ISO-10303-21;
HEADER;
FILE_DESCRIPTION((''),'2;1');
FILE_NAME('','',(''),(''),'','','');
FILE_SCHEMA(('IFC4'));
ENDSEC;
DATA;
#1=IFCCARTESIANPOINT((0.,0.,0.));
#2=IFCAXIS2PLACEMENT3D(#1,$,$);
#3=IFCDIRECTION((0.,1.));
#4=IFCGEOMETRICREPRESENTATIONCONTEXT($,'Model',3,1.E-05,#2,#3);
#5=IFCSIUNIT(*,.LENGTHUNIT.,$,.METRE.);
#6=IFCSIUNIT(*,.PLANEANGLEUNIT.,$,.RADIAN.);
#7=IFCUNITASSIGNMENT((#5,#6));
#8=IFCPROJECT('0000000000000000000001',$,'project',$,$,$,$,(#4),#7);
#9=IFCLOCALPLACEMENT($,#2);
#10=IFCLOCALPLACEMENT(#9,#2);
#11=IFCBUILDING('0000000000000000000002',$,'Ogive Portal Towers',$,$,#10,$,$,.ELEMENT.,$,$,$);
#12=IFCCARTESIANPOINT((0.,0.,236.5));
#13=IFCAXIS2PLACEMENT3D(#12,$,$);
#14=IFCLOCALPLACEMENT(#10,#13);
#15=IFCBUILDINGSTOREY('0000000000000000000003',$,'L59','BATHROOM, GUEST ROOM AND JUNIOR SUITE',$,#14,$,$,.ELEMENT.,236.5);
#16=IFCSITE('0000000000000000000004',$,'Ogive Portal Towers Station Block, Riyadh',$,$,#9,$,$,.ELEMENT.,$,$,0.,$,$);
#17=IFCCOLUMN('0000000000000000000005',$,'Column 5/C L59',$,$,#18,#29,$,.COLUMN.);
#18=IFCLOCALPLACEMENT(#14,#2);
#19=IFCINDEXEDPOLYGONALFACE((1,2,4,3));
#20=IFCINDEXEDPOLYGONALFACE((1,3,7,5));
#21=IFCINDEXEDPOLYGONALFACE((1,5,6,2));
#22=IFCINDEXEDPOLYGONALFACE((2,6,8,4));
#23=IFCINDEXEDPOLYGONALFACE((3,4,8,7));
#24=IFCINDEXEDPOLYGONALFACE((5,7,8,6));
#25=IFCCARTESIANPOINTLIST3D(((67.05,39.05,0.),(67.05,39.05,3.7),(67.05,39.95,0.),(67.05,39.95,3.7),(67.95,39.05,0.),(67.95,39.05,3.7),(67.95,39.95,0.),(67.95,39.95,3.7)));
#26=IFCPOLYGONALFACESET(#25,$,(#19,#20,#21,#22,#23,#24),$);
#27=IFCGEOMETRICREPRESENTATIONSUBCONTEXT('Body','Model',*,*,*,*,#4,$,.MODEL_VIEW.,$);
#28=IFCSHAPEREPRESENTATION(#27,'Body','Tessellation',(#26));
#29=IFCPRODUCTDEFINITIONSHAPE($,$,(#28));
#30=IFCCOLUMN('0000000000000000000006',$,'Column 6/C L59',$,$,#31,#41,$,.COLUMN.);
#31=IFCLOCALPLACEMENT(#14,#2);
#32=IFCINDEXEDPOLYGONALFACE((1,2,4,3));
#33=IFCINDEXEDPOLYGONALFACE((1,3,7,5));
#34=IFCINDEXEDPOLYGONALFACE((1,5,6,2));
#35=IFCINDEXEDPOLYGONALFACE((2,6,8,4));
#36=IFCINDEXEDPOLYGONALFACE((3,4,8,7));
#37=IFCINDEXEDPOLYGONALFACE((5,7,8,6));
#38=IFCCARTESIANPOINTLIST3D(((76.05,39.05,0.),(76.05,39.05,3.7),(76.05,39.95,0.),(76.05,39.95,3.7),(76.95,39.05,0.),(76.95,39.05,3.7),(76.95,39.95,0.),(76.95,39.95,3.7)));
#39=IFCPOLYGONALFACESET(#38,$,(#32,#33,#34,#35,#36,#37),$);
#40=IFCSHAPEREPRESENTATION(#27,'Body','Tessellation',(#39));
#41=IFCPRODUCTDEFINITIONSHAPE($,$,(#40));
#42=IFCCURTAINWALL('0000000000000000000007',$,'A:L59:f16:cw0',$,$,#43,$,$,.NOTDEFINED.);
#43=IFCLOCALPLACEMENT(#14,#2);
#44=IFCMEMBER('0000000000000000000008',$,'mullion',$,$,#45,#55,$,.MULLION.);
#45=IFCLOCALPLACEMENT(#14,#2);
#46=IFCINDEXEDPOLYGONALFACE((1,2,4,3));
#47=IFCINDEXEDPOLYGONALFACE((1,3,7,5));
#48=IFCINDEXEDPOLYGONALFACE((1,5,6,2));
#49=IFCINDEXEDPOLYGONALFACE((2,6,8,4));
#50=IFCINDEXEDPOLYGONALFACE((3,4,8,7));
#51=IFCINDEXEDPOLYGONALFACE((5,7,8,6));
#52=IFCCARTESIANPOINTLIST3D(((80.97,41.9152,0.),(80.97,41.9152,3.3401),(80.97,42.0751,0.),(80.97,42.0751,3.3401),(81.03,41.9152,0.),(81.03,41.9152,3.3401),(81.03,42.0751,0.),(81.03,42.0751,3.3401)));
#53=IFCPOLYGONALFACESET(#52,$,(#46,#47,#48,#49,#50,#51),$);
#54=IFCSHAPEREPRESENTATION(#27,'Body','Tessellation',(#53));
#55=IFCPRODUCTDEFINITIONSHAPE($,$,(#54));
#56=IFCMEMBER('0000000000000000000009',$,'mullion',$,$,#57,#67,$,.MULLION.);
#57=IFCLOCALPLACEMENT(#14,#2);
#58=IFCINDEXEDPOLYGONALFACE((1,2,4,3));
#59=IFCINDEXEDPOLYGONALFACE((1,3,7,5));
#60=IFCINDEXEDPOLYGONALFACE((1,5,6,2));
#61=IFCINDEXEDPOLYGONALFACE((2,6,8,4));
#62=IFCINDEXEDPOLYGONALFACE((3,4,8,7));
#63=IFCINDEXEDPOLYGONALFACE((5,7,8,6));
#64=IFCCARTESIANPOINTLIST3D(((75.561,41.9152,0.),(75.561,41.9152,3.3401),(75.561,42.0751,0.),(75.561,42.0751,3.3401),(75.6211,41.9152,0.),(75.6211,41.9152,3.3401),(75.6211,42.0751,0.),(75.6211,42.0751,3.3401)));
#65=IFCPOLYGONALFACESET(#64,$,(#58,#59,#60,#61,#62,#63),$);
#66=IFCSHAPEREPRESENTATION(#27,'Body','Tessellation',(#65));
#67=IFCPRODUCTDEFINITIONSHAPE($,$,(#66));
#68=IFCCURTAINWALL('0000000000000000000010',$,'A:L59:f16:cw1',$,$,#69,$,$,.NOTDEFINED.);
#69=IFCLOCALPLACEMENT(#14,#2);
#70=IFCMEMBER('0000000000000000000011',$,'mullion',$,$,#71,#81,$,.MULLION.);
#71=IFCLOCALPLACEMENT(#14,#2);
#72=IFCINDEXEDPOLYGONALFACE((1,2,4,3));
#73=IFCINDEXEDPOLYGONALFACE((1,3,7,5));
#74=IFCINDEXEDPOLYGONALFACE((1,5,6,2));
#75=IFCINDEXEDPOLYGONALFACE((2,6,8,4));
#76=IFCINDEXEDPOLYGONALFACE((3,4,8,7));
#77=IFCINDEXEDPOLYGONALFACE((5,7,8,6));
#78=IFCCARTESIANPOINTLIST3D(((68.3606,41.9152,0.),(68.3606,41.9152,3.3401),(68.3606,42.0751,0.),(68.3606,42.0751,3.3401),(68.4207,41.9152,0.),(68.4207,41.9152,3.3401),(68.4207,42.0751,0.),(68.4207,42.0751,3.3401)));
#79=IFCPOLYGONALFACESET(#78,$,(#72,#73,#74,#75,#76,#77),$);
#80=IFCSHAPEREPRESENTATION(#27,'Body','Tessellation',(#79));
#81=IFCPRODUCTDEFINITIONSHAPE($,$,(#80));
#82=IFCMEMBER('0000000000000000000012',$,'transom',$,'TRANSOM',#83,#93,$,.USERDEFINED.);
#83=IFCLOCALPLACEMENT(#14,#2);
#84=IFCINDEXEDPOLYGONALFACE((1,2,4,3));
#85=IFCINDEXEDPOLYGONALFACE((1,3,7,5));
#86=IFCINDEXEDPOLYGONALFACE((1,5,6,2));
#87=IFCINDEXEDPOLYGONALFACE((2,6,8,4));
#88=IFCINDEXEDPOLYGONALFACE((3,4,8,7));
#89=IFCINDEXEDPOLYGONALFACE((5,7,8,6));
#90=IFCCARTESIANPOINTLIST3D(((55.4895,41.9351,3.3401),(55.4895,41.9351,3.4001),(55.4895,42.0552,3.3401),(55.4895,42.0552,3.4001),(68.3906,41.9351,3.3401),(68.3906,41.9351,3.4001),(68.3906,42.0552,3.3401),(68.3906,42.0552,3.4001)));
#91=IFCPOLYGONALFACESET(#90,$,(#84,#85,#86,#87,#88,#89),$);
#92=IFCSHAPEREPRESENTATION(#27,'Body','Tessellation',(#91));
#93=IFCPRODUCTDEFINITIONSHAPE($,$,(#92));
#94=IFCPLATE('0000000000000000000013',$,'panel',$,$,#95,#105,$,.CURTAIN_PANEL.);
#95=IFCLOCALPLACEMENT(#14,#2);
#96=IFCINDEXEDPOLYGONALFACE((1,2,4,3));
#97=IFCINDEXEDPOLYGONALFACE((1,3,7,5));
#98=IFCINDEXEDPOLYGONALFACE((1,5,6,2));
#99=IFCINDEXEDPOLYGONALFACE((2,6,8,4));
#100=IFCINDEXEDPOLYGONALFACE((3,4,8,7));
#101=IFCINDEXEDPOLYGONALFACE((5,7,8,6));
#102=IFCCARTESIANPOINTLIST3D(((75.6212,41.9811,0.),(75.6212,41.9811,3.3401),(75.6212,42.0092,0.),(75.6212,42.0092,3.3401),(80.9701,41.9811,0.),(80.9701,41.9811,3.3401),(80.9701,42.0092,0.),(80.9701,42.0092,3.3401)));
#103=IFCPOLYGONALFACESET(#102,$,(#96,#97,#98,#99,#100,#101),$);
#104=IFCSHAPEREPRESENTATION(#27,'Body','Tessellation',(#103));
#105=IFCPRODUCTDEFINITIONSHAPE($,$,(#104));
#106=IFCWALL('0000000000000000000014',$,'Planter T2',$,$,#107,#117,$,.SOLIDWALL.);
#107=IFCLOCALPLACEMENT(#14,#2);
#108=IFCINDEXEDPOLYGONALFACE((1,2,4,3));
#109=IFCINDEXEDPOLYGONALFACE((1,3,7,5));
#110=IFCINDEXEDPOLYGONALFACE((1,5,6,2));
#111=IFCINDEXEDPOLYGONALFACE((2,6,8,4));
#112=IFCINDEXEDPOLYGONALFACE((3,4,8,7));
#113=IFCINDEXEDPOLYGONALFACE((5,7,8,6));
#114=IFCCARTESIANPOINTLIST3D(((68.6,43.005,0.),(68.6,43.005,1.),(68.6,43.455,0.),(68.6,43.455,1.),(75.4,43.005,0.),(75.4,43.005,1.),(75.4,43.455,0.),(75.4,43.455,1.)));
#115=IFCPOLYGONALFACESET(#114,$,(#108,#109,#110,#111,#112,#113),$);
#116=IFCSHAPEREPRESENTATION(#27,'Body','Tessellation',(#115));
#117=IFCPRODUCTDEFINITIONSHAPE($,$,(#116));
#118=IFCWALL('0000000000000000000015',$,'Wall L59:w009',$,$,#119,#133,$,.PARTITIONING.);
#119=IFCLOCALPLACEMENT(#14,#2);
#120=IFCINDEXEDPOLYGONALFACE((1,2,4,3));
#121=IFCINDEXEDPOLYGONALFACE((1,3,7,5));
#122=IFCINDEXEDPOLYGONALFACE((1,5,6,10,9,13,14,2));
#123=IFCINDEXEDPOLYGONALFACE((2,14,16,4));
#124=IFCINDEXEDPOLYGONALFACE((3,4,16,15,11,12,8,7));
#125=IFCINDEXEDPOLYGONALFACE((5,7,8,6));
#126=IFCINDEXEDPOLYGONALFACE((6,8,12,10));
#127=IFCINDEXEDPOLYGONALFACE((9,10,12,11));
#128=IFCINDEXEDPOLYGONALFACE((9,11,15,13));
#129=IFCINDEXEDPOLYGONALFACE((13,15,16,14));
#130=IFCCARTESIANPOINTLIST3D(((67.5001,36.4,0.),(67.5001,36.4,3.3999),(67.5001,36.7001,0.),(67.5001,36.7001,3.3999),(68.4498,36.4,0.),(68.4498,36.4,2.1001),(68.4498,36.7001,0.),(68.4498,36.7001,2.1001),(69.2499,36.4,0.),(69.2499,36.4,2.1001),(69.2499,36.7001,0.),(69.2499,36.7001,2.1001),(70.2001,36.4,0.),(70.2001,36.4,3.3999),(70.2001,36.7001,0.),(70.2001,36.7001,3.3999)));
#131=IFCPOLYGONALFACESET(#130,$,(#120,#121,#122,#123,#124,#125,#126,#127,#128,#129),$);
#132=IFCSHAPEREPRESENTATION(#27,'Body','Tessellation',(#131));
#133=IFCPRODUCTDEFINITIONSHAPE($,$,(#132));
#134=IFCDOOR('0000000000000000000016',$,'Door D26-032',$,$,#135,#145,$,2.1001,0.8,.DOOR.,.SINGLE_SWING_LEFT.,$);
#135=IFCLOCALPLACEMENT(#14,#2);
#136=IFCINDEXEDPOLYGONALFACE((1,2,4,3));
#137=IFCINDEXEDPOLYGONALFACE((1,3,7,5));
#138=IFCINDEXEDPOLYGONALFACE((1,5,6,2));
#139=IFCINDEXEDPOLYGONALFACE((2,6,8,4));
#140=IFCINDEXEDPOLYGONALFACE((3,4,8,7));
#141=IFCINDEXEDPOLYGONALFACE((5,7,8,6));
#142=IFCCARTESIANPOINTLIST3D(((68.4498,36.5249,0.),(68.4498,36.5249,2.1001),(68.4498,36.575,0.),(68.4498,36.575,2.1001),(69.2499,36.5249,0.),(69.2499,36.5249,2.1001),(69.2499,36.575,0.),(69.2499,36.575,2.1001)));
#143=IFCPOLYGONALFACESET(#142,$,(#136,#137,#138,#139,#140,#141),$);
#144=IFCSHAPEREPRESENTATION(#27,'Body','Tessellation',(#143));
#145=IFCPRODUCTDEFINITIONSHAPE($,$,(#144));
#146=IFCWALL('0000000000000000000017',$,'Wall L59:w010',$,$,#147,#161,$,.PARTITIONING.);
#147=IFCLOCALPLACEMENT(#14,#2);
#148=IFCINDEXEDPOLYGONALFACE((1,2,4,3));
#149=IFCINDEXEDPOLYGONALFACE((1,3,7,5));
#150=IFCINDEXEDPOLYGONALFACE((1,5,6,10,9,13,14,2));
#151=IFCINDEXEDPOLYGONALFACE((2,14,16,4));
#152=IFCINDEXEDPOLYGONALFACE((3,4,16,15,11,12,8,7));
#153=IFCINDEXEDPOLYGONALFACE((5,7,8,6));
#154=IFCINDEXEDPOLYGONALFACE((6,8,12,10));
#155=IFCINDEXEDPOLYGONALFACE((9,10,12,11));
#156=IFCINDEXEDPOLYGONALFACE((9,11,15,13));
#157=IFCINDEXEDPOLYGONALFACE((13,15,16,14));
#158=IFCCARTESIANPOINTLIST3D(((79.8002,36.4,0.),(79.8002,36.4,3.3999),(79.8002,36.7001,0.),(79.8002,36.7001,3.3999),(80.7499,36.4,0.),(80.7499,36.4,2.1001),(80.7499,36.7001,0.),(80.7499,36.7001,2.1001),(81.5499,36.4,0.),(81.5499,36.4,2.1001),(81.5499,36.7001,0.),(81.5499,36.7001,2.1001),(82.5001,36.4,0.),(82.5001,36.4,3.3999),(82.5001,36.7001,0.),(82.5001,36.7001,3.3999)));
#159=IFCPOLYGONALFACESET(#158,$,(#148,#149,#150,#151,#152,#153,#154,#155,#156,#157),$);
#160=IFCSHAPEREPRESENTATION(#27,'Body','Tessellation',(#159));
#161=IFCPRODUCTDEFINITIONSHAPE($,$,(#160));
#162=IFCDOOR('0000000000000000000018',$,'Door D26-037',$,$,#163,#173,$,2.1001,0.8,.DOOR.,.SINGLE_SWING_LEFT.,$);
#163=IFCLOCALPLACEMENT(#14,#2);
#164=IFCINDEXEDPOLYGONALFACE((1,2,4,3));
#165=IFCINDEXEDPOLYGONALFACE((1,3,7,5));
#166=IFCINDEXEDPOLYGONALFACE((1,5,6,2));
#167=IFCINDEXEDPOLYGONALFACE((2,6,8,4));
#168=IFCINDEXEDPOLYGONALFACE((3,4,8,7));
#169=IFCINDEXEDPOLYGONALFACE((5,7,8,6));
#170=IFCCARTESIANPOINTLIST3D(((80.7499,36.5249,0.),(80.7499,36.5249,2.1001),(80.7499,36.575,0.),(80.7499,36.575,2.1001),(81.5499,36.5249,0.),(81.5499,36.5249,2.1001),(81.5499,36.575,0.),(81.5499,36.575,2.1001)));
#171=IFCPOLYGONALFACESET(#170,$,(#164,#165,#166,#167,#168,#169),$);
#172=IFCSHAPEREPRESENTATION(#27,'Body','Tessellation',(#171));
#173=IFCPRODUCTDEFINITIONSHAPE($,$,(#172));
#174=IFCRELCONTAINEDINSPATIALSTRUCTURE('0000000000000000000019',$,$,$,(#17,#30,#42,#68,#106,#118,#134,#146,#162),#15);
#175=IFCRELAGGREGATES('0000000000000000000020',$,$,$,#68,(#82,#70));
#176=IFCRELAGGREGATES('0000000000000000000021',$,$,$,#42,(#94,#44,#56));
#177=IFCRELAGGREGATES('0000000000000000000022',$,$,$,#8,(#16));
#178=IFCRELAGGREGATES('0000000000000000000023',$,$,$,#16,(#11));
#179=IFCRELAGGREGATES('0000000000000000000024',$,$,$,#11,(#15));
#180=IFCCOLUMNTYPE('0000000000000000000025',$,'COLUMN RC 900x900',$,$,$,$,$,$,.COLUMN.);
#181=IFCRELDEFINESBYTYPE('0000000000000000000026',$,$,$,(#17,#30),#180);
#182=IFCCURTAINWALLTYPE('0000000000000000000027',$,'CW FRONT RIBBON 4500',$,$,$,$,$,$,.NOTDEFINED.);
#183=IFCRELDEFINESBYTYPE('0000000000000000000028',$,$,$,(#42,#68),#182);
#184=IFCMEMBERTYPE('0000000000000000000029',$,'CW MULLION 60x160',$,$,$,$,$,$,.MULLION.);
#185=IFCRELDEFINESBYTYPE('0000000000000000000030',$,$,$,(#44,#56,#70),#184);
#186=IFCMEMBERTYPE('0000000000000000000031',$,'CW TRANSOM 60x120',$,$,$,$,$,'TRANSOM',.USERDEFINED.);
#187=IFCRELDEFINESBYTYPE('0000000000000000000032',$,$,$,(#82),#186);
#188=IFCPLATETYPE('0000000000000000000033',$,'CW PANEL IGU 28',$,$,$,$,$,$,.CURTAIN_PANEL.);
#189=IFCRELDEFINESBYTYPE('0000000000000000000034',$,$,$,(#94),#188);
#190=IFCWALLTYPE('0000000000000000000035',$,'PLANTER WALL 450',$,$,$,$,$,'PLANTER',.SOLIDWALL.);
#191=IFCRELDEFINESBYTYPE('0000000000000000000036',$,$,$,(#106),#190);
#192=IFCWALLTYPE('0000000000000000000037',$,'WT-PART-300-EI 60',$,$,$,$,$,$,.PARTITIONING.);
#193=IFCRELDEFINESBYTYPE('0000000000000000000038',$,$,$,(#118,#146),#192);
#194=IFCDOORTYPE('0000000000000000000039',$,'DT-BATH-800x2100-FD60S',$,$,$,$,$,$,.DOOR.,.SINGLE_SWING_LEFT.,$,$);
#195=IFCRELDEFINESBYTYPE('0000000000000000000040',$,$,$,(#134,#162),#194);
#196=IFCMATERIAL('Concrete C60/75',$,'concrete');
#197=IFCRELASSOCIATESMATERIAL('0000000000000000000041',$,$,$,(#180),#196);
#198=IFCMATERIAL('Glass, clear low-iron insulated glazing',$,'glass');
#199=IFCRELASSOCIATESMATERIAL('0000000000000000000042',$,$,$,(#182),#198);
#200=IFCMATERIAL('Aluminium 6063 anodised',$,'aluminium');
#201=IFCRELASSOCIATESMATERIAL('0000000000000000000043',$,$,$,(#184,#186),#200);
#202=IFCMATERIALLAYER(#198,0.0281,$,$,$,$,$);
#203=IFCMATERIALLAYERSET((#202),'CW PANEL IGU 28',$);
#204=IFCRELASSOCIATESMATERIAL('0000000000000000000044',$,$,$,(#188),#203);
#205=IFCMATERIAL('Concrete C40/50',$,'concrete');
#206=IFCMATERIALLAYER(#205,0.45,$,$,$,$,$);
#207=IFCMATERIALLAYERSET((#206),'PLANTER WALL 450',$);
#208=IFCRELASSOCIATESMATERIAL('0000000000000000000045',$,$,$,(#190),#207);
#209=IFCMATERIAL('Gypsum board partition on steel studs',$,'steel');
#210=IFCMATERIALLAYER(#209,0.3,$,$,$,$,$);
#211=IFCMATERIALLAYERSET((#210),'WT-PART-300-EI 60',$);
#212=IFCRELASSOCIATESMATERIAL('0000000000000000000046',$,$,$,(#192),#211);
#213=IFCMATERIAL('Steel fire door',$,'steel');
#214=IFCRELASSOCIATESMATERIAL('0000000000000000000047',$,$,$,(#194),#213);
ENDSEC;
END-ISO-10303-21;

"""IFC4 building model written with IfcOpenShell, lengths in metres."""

from ifc_helpers import new_model, si_unit, direction, frame, frame_2d, origin, origin_2d, place, context, subcontext, project, spatial, rectangle, extrude, material, layer, layer_set, material_profile, profile_set, type_object, element, fill, aggregate, save


model = new_model("IFC4")

# Units and contexts
model_context = context("Model", 3, precision=1e-05, world=origin(), true_north=direction((0.0, 1.0)))
body_context = subcontext(model_context, "Body", "Model", "MODEL_VIEW")
ifc_project = project(units=[si_unit("LENGTHUNIT", "METRE"), si_unit("PLANEANGLEUNIT", "RADIAN")], contexts=[model_context])

# Site, building, storey
site_placement = place(None, origin())
site = spatial("IfcSite", under=ifc_project, at=site_placement, Name="Ogive Portal Towers Station Block, Riyadh", CompositionType="ELEMENT", RefElevation=0.0)
building_placement = place(site_placement, origin())
building = spatial("IfcBuilding", under=site, at=building_placement, Name="Ogive Portal Towers", CompositionType="ELEMENT")
storey_placement = place(building_placement, frame((0.0, 0.0, 236.5)))
storey = spatial("IfcBuildingStorey", under=building, at=storey_placement, Name="L59", Description="BATHROOM, GUEST ROOM AND JUNIOR SUITE", CompositionType="ELEMENT", Elevation=236.5)

# Columns
ifc_material_1 = material(Name="Concrete C60/75", Category="concrete")
ifc_material_profile_1 = material_profile(ifc_material_1, rectangle(XDim=0.8999, YDim=0.8999, at=origin_2d()), Name="RC 900x900")
ifc_profile_set_1 = profile_set([ifc_material_profile_1], Name="Concrete C60/75")
column_type = type_object("IfcColumnType", Name="COLUMN RC 900x900", PredefinedType="COLUMN", material=ifc_profile_set_1)
for number, where, z_axis, x_axis, name in (
    (1, (67.5, 39.5, 0.0), (0.0, 0.0, 1.0), (1.0, 0.0, 0.0), "Column 5/C L59"),
    (2, (76.5, 39.5, 0.0), (0.0, 0.0, 1.0), (1.0, 0.0, 0.0), "Column 6/C L59"),
):
    element("IfcColumn", number, at=place(storey_placement, frame(where, z_axis=z_axis, x_axis=x_axis)), inside=storey, type_object=column_type, Name=name, PredefinedType="COLUMN", context=body_context, shape_type="SweptSolid", body=[
        extrude(rectangle(XDim=0.8999, YDim=0.8999, at=origin_2d()), origin(), (0.0, 0.0, 1.0), 3.7),
    ])

# Curtain walls, members
ifc_material_2 = material(Name="Glass, clear low-iron insulated glazing", Category="glass")
curtain_wall_type = type_object("IfcCurtainWallType", Name="CW FRONT RIBBON 4500", PredefinedType="NOTDEFINED", material=ifc_material_2)
curtain_wall_1_placement = place(storey_placement, origin())
curtain_wall_1 = element("IfcCurtainWall", 3, at=curtain_wall_1_placement, inside=storey, type_object=curtain_wall_type, Name="A:L59:f16:cw0", PredefinedType="NOTDEFINED")
ifc_material_3 = material(Name="Aluminium 6063 anodised", Category="aluminium")
ifc_material_profile_2 = material_profile(ifc_material_3, rectangle(XDim=0.1599, YDim=0.0601, at=origin_2d()), Name="AL 60x160")
ifc_profile_set_2 = profile_set([ifc_material_profile_2], Name="Aluminium 6063 anodised")
member_type_1 = type_object("IfcMemberType", Name="CW MULLION 60x160", PredefinedType="MULLION", material=ifc_profile_set_2)
member_1_placement = place(storey_placement, frame((81.0, 41.9951, 0.0), z_axis=(0.0, 0.0, 1.0), x_axis=(0.0, -1.0, 0.0)))
member_1 = element("IfcMember", 4, at=member_1_placement, type_object=member_type_1, Name="mullion", PredefinedType="MULLION", context=body_context, shape_type="SweptSolid", body=[
    extrude(rectangle(XDim=0.1599, YDim=0.0601, at=origin_2d()), origin(), (0.0, 0.0, 1.0), 3.3401),
])
member_2_placement = place(storey_placement, frame((75.5911, 41.9951, 0.0), z_axis=(0.0, 0.0, 1.0), x_axis=(0.0, -1.0, 0.0)))
member_2 = element("IfcMember", 5, at=member_2_placement, type_object=member_type_1, Name="mullion", PredefinedType="MULLION", context=body_context, shape_type="SweptSolid", body=[
    extrude(rectangle(XDim=0.1599, YDim=0.0601, at=origin_2d()), origin(), (0.0, 0.0, 1.0), 3.3401),
])
curtain_wall_2_placement = place(storey_placement, origin())
curtain_wall_2 = element("IfcCurtainWall", 6, at=curtain_wall_2_placement, inside=storey, type_object=curtain_wall_type, Name="A:L59:f16:cw1", PredefinedType="NOTDEFINED")
member_3_placement = place(storey_placement, frame((68.3906, 41.9951, 0.0), z_axis=(0.0, 0.0, 1.0), x_axis=(0.0, -1.0, 0.0)))
member_3 = element("IfcMember", 7, at=member_3_placement, type_object=member_type_1, Name="mullion", PredefinedType="MULLION", context=body_context, shape_type="SweptSolid", body=[
    extrude(rectangle(XDim=0.1599, YDim=0.0601, at=origin_2d()), origin(), (0.0, 0.0, 1.0), 3.3401),
])
ifc_material_profile_3 = material_profile(ifc_material_3, rectangle(XDim=0.1201, YDim=0.0601, at=origin_2d()), Name="AL 120x60")
ifc_profile_set_3 = profile_set([ifc_material_profile_3], Name="Aluminium 6063 anodised")
member_type_2 = type_object("IfcMemberType", Name="CW TRANSOM 60x120", ElementType="TRANSOM", PredefinedType="USERDEFINED", material=ifc_profile_set_3)
member_4_placement = place(storey_placement, frame((68.3906, 41.9951, 3.3701), z_axis=(-1.0, 0.0, 0.0), x_axis=(0.0, -1.0, 0.0)))
member_4 = element("IfcMember", 8, at=member_4_placement, type_object=member_type_2, Name="transom", ObjectType="TRANSOM", PredefinedType="USERDEFINED", context=body_context, shape_type="SweptSolid", body=[
    extrude(rectangle(XDim=0.1201, YDim=0.0601, at=origin_2d()), origin(), (0.0, 0.0, 1.0), 12.9011),
])
aggregate(curtain_wall_2, [member_4, member_3])

# Plate
ifc_layer_1 = layer(ifc_material_2, 0.0281)
ifc_layer_set_1 = layer_set([ifc_layer_1], Name="CW PANEL IGU 28")
plate_type = type_object("IfcPlateType", Name="CW PANEL IGU 28", PredefinedType="CURTAIN_PANEL", material=ifc_layer_set_1)
plate_placement = place(storey_placement, frame((78.2957, 41.9951, 0.0), z_axis=(0.0, 0.0, 1.0), x_axis=(-1.0, 0.0, 0.0)))
plate = element("IfcPlate", 9, at=plate_placement, type_object=plate_type, Name="panel", PredefinedType="CURTAIN_PANEL", context=body_context, shape_type="SweptSolid", body=[
    extrude(rectangle(XDim=5.3489, YDim=0.0281, at=origin_2d()), origin(), (0.0, 0.0, 1.0), 3.3401),
])
aggregate(curtain_wall_1, [plate, member_1, member_2])

# Wall
ifc_material_4 = material(Name="Concrete C40/50", Category="concrete")
ifc_layer_2 = layer(ifc_material_4, 0.45)
ifc_layer_set_2 = layer_set([ifc_layer_2], Name="PLANTER WALL 450")
wall_type_1 = type_object("IfcWallType", Name="PLANTER WALL 450", ElementType="PLANTER", PredefinedType="SOLIDWALL", material=ifc_layer_set_2)
wall_1_placement = place(storey_placement, frame((72.0, 43.23, 0.0), z_axis=(0.0, 0.0, 1.0), x_axis=(1.0, 0.0, 0.0)))
element("IfcWall", 10, at=wall_1_placement, inside=storey, type_object=wall_type_1, Name="Planter T2", PredefinedType="SOLIDWALL", context=body_context, shape_type="SweptSolid", body=[
    extrude(rectangle(XDim=6.8, YDim=0.45, at=origin_2d()), origin(), (0.0, 0.0, 1.0), 1.0),
])

# Walls, openings, doors
ifc_material_5 = material(Name="Gypsum board partition on steel studs", Category="steel")
ifc_layer_3 = layer(ifc_material_5, 0.3)
ifc_layer_set_3 = layer_set([ifc_layer_3], Name="WT-PART-300-EI 60")
wall_type_2 = type_object("IfcWallType", Name="WT-PART-300-EI 60", PredefinedType="PARTITIONING", material=ifc_layer_set_3)
wall_2_placement = place(storey_placement, frame((67.5, 36.55, 0.0), z_axis=(0.0, 0.0, 1.0), x_axis=(1.0, 0.0, 0.0)))
wall_2 = element("IfcWall", 11, at=wall_2_placement, inside=storey, type_object=wall_type_2, Name="Wall L59:w009", PredefinedType="PARTITIONING", context=body_context, shape_type="SweptSolid", body=[
    extrude(rectangle(XDim=2.7, YDim=0.3, at=frame_2d((1.3501, 0.0))), origin(), (0.0, 0.0, 1.0), 3.3999),
])
opening_1_placement = place(wall_2_placement, frame((0.95, 0.0, 0.0)))
opening_1 = element("IfcOpeningElement", 12, at=opening_1_placement, cuts=wall_2, PredefinedType="OPENING", context=body_context, shape_type="SweptSolid", body=[
    extrude(rectangle(XDim=0.8, YDim=2.1001, at=frame_2d((0.3999, 1.05))), frame((0.0, 0.1602, 0.0), z_axis=(0.0, -1.0, 0.0), x_axis=(1.0, 0.0, 0.0)), (0.0, 0.0, 1.0), 0.3201),
])
ifc_material_6 = material(Name="Steel fire door", Category="steel")
door_type_1 = type_object("IfcDoorType", Name="DT-BATH-800x2100-FD60S", OperationType="SINGLE_SWING_LEFT", PredefinedType="DOOR", material=ifc_material_6)
door_1_placement = place(opening_1_placement, origin())
door_1 = element("IfcDoor", 13, at=door_1_placement, inside=storey, type_object=door_type_1, Name="Door D26-032", OperationType="SINGLE_SWING_LEFT", OverallHeight=2.1001, OverallWidth=0.8, PredefinedType="DOOR", context=body_context, shape_type="SweptSolid", body=[
    extrude(rectangle(XDim=0.8, YDim=2.1001, at=frame_2d((0.3999, 1.05))), frame((0.0, 0.0249, 0.0), z_axis=(0.0, -1.0, 0.0), x_axis=(1.0, 0.0, 0.0)), (0.0, 0.0, 1.0), 0.05),
])
fill(opening_1, door_1)
wall_3_placement = place(storey_placement, frame((79.8, 36.55, 0.0), z_axis=(0.0, 0.0, 1.0), x_axis=(1.0, 0.0, 0.0)))
wall_3 = element("IfcWall", 14, at=wall_3_placement, inside=storey, type_object=wall_type_2, Name="Wall L59:w010", PredefinedType="PARTITIONING", context=body_context, shape_type="SweptSolid", body=[
    extrude(rectangle(XDim=2.7, YDim=0.3, at=frame_2d((1.3501, 0.0))), origin(), (0.0, 0.0, 1.0), 3.3999),
])
opening_2_placement = place(wall_3_placement, frame((0.95, 0.0, 0.0)))
opening_2 = element("IfcOpeningElement", 15, at=opening_2_placement, cuts=wall_3, PredefinedType="OPENING", context=body_context, shape_type="SweptSolid", body=[
    extrude(rectangle(XDim=0.8, YDim=2.1001, at=frame_2d((0.3999, 1.05))), frame((0.0, 0.1602, 0.0), z_axis=(0.0, -1.0, 0.0), x_axis=(1.0, 0.0, 0.0)), (0.0, 0.0, 1.0), 0.3201),
])
door_2_placement = place(opening_2_placement, origin())
door_2 = element("IfcDoor", 16, at=door_2_placement, inside=storey, type_object=door_type_1, Name="Door D26-037", OperationType="SINGLE_SWING_LEFT", OverallHeight=2.1001, OverallWidth=0.8, PredefinedType="DOOR", context=body_context, shape_type="SweptSolid", body=[
    extrude(rectangle(XDim=0.8, YDim=2.1001, at=frame_2d((0.3999, 1.05))), frame((0.0, 0.0249, 0.0), z_axis=(0.0, -1.0, 0.0), x_axis=(1.0, 0.0, 0.0)), (0.0, 0.0, 1.0), 0.05),
])
fill(opening_2, door_2)

save(model, "model.ifc")
